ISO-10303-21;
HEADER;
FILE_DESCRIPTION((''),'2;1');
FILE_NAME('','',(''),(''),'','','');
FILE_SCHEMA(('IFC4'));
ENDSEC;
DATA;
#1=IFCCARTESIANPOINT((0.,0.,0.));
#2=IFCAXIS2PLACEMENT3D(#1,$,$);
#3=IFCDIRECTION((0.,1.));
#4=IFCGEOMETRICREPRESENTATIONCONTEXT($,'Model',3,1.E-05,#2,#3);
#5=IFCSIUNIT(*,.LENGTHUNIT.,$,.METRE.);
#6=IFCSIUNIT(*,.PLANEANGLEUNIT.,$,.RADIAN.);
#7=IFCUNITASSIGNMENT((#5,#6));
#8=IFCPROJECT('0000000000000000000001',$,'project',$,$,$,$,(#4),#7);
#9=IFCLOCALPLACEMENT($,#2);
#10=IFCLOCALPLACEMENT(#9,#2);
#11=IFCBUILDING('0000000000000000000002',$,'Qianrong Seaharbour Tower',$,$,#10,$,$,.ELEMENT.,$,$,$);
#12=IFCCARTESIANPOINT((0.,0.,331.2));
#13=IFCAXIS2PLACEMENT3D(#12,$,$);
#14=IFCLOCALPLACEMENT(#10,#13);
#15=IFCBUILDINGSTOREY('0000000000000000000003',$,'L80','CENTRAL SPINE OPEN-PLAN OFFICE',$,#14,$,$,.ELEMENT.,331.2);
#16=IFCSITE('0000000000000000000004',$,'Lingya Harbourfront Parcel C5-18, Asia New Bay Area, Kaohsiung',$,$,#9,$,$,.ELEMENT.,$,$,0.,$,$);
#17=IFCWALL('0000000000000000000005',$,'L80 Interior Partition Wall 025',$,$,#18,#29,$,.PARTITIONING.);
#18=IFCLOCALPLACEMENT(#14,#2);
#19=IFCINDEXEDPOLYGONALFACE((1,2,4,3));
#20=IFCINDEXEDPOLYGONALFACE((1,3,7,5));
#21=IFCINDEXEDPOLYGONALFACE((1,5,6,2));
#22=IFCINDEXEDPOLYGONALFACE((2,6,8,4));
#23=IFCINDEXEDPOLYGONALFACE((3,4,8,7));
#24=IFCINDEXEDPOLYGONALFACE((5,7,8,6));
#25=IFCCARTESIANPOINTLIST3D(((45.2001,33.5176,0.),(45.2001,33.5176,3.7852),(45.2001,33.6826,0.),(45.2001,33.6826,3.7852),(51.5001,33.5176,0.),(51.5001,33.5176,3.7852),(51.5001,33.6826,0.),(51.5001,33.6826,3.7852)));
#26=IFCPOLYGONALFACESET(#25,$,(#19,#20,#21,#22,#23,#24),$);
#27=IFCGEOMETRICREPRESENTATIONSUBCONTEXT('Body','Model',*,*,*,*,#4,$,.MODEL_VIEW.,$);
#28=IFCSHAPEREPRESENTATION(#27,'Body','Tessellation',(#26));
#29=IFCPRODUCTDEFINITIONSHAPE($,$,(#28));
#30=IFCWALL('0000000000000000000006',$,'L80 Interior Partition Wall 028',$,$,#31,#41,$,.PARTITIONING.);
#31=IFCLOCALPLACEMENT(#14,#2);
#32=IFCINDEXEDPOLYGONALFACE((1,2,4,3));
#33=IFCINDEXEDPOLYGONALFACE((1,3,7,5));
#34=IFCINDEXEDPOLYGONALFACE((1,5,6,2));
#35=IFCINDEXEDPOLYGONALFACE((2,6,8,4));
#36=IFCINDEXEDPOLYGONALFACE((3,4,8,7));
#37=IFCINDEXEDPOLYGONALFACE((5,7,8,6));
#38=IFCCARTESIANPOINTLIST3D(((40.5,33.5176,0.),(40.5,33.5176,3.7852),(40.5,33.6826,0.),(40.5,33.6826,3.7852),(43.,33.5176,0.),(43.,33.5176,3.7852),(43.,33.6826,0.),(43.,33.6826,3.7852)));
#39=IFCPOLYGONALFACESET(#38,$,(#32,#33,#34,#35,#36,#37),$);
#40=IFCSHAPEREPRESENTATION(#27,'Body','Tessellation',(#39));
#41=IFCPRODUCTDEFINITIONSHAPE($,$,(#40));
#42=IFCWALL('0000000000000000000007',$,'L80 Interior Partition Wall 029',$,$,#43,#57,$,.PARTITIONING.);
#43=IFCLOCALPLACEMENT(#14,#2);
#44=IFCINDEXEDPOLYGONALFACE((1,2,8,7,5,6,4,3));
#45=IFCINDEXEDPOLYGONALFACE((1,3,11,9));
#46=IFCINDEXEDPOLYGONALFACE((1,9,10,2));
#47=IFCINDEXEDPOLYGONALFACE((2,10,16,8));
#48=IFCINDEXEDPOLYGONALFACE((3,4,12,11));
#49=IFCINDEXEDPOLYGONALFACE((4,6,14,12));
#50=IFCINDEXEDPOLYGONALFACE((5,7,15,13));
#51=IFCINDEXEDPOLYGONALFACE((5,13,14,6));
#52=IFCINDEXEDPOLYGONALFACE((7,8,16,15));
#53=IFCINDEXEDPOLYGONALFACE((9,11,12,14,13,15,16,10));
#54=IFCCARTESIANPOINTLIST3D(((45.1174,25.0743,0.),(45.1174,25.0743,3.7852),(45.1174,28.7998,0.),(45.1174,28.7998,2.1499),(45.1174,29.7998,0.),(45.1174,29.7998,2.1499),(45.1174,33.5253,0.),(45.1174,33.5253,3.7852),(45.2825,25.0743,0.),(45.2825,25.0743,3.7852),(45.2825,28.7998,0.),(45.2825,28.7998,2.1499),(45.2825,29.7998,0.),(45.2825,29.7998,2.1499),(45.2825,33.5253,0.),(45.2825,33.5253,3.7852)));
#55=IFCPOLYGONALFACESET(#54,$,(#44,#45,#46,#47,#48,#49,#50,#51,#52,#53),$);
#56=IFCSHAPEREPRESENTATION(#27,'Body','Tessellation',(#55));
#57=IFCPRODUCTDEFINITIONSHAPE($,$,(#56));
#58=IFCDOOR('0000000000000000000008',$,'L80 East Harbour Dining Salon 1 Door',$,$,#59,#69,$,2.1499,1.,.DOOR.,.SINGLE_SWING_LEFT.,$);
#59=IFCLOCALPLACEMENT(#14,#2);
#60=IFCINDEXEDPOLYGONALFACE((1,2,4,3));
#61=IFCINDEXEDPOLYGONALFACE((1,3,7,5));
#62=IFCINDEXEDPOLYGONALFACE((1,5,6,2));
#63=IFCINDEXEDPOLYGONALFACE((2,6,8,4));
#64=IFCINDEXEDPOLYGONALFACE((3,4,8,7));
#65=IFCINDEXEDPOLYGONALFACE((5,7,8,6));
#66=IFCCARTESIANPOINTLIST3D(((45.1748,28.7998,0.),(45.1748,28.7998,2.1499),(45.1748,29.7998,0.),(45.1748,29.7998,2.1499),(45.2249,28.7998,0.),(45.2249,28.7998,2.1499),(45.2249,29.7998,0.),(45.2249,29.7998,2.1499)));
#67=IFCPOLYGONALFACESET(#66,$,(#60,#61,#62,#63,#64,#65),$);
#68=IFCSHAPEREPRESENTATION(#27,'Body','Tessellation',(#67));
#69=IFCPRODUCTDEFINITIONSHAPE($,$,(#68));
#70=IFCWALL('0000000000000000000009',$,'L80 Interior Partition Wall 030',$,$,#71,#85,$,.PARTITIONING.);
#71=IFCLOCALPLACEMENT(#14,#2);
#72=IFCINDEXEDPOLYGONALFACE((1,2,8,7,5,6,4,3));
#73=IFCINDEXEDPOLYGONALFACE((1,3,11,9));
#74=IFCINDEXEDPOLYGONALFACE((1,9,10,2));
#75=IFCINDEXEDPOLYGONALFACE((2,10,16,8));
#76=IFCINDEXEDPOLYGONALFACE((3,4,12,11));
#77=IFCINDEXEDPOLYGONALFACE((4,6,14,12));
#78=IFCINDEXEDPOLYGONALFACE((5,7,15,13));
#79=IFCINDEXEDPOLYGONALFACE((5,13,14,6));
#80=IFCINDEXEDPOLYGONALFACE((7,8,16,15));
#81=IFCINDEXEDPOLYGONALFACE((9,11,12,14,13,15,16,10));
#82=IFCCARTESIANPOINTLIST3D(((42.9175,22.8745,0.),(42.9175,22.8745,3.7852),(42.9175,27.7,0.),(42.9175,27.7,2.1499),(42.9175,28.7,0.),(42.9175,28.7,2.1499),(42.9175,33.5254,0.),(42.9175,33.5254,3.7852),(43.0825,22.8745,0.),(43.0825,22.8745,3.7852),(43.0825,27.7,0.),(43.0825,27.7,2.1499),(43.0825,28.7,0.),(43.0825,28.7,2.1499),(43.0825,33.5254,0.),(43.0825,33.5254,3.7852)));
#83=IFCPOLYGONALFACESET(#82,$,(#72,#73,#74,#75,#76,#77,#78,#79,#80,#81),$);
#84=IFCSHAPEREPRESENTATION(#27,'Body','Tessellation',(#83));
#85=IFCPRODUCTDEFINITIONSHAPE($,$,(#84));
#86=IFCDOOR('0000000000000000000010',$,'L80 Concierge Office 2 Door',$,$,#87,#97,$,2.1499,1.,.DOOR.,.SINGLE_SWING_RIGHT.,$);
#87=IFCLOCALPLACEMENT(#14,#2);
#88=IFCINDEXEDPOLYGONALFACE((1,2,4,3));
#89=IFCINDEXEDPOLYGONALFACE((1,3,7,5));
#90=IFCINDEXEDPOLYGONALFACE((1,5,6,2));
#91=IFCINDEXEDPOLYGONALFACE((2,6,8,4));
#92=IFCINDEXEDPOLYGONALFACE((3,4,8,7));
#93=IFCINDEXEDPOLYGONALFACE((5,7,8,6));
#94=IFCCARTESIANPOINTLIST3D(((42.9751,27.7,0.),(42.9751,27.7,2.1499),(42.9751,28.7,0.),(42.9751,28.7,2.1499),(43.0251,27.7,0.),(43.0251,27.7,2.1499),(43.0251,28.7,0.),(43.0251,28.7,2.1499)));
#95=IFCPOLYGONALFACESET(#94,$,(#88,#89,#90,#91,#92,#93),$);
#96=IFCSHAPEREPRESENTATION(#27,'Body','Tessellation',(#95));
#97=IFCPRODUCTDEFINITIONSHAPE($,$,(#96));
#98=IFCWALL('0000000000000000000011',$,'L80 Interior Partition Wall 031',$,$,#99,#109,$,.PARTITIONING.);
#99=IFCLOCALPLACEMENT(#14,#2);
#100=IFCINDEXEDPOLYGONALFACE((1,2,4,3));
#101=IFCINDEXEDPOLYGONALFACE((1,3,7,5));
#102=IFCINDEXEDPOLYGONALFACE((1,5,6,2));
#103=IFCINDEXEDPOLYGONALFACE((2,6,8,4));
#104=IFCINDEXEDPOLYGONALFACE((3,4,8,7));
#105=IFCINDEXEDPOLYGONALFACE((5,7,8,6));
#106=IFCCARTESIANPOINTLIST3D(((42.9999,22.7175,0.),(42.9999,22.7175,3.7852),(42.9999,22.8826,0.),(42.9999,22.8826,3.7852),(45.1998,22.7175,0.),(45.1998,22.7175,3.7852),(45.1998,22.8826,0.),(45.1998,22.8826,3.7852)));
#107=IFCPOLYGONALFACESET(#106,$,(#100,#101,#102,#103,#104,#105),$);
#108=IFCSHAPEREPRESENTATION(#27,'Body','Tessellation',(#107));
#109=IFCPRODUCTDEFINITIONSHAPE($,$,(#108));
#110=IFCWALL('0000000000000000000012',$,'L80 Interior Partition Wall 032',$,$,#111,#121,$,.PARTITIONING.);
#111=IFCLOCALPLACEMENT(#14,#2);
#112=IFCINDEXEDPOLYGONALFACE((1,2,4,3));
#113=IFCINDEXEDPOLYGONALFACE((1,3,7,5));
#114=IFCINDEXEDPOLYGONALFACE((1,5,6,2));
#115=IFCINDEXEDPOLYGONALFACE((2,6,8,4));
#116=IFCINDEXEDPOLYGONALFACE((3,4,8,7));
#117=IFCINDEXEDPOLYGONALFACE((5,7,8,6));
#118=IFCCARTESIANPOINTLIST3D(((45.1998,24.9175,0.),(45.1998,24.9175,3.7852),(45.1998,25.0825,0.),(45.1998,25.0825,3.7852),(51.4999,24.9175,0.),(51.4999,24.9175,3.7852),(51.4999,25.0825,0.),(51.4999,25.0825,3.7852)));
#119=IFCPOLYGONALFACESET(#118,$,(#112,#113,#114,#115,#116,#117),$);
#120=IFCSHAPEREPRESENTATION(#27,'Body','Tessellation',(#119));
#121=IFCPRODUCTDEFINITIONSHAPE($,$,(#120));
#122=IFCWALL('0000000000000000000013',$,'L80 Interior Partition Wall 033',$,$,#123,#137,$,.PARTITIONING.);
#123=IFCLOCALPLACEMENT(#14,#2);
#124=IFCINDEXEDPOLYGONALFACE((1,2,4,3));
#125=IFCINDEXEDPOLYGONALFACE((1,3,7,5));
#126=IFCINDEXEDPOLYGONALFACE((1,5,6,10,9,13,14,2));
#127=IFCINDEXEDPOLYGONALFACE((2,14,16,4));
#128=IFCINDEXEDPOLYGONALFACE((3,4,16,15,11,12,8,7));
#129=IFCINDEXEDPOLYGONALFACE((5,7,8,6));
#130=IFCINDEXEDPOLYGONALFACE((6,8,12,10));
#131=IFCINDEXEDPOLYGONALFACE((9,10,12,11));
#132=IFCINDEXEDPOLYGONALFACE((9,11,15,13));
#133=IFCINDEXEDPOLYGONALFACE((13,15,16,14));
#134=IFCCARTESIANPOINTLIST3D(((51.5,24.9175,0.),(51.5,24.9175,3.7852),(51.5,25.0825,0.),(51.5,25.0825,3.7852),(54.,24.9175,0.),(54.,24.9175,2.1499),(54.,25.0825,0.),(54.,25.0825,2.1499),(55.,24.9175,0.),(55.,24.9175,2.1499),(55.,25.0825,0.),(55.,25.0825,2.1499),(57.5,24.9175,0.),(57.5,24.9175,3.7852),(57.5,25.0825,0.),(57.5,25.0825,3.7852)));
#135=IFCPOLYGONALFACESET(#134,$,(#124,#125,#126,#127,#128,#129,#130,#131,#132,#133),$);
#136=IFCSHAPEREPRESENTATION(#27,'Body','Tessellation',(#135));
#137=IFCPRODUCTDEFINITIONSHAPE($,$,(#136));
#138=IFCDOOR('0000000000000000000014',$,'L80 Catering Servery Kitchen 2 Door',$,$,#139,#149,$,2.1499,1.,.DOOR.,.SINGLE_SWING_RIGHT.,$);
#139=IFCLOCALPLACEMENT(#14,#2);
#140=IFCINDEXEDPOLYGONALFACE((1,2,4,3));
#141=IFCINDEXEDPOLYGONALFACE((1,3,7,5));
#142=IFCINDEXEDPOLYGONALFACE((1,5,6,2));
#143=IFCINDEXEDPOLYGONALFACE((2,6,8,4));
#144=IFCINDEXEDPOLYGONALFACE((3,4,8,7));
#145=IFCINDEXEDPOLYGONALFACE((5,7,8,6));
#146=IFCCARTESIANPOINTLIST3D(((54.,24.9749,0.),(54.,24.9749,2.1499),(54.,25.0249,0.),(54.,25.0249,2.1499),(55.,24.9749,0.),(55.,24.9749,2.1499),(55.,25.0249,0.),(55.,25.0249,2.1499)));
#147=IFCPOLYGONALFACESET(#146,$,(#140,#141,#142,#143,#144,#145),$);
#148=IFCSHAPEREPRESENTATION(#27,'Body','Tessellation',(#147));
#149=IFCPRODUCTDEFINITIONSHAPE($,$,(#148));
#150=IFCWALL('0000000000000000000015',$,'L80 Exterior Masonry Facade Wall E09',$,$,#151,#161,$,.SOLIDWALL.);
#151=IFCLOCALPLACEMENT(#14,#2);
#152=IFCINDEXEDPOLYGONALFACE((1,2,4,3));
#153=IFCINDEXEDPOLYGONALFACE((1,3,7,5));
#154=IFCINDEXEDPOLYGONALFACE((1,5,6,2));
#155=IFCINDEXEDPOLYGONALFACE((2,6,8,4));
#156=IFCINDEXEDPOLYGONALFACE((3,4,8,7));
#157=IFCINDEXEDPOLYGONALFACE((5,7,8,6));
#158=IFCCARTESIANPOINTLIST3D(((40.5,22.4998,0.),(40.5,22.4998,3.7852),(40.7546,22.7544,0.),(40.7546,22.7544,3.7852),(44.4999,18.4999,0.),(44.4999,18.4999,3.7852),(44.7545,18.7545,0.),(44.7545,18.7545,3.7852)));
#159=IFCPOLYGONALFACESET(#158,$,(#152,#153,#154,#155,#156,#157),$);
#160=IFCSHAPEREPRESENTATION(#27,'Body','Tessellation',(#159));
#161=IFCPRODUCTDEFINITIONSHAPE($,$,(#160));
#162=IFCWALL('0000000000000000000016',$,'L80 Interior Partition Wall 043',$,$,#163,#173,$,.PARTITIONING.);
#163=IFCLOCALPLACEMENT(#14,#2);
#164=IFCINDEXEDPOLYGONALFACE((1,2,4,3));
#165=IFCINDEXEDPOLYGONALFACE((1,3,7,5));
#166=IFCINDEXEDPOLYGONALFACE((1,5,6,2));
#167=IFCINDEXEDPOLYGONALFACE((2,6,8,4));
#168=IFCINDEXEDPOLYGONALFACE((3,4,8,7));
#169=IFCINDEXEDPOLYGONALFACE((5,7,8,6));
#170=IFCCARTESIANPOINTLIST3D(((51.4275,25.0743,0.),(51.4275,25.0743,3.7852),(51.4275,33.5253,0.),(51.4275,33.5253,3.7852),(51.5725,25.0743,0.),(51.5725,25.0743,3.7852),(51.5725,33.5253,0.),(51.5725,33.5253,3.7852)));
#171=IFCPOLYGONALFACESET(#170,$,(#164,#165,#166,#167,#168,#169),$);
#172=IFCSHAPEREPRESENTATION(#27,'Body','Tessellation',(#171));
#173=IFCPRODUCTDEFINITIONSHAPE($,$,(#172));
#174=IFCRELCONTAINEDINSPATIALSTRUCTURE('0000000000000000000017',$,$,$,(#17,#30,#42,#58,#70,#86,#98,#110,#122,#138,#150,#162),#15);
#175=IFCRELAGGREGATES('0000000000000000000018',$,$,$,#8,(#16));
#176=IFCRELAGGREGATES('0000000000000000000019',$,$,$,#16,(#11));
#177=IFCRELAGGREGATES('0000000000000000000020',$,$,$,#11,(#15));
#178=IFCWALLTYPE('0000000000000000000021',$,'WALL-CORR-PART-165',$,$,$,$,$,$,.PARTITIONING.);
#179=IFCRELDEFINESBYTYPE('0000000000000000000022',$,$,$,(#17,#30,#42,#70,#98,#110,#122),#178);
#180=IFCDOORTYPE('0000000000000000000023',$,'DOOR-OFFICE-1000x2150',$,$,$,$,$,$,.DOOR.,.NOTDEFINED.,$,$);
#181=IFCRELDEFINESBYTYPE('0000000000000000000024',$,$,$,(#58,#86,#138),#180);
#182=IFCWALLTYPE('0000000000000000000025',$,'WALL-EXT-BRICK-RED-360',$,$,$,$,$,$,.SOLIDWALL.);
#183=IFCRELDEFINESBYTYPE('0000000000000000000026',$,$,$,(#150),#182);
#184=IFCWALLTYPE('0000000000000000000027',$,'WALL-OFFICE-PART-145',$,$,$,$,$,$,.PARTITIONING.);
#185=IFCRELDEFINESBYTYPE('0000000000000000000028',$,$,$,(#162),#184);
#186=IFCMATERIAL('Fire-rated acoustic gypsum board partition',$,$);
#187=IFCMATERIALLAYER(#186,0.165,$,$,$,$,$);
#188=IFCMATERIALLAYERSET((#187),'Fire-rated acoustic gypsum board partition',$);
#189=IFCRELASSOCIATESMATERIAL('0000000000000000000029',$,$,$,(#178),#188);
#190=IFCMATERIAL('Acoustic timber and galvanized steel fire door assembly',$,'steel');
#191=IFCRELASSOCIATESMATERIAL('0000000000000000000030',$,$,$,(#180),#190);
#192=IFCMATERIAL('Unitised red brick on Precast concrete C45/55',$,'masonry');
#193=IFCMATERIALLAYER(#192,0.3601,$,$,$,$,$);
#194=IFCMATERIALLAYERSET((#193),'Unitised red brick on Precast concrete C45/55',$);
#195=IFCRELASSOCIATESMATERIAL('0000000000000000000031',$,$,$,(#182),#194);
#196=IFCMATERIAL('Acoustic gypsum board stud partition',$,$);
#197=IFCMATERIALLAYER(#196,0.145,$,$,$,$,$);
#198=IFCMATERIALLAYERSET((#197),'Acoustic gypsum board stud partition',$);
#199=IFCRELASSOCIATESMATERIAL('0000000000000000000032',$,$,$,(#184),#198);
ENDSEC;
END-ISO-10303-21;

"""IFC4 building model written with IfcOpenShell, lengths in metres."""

from ifc_helpers import new_model, si_unit, direction, frame, frame_2d, origin, place, context, subcontext, project, spatial, rectangle, extrude, material, layer, layer_set, type_object, element, fill, save


model = new_model("IFC4")

# Units and contexts
model_context = context("Model", 3, precision=1e-05, world=origin(), true_north=direction((0.0, 1.0)))
body_context = subcontext(model_context, "Body", "Model", "MODEL_VIEW")
ifc_project = project(units=[si_unit("LENGTHUNIT", "METRE"), si_unit("PLANEANGLEUNIT", "RADIAN")], contexts=[model_context])

# Site, building, storey
site_placement = place(None, origin())
site = spatial("IfcSite", under=ifc_project, at=site_placement, Name="Lingya Harbourfront Parcel C5-18, Asia New Bay Area, Kaohsiung", CompositionType="ELEMENT", RefElevation=0.0)
building_placement = place(site_placement, origin())
building = spatial("IfcBuilding", under=site, at=building_placement, Name="Qianrong Seaharbour Tower", CompositionType="ELEMENT")
storey_placement = place(building_placement, frame((0.0, 0.0, 331.2)))
storey = spatial("IfcBuildingStorey", under=building, at=storey_placement, Name="L80", Description="CENTRAL SPINE OPEN-PLAN OFFICE", CompositionType="ELEMENT", Elevation=331.2)

# Walls
ifc_material_1 = material(Name="Fire-rated acoustic gypsum board partition")
ifc_layer_1 = layer(ifc_material_1, 0.165)
ifc_layer_set_1 = layer_set([ifc_layer_1], Name="Fire-rated acoustic gypsum board partition")
wall_type_1 = type_object("IfcWallType", Name="WALL-CORR-PART-165", PredefinedType="PARTITIONING", material=ifc_layer_set_1)
wall_1_placement = place(storey_placement, frame((51.5, 33.6001, 0.0), z_axis=(0.0, 0.0, 1.0), x_axis=(-1.0, 0.0, 0.0)))
element("IfcWall", 1, at=wall_1_placement, inside=storey, type_object=wall_type_1, Name="L80 Interior Partition Wall 025", PredefinedType="PARTITIONING", context=body_context, shape_type="SweptSolid", body=[
    extrude(rectangle(XDim=6.3, YDim=0.165, at=frame_2d((3.1499, 0.0))), origin(), (0.0, 0.0, 1.0), 3.7852),
])
wall_2_placement = place(storey_placement, frame((43.0, 33.6001, 0.0), z_axis=(0.0, 0.0, 1.0), x_axis=(-1.0, 0.0, 0.0)))
element("IfcWall", 2, at=wall_2_placement, inside=storey, type_object=wall_type_1, Name="L80 Interior Partition Wall 028", PredefinedType="PARTITIONING", context=body_context, shape_type="SweptSolid", body=[
    extrude(rectangle(XDim=2.5, YDim=0.165, at=frame_2d((1.25, 0.0))), origin(), (0.0, 0.0, 1.0), 3.7852),
])

# Walls, openings, doors
wall_3_placement = place(storey_placement, frame((45.2, 33.5254, 0.0), z_axis=(0.0, 0.0, 1.0), x_axis=(0.0, -1.0, 0.0)))
wall_3 = element("IfcWall", 3, at=wall_3_placement, inside=storey, type_object=wall_type_1, Name="L80 Interior Partition Wall 029", PredefinedType="PARTITIONING", context=body_context, shape_type="SweptSolid", body=[
    extrude(rectangle(XDim=8.4509, YDim=0.165, at=frame_2d((4.2256, 0.0))), origin(), (0.0, 0.0, 1.0), 3.7852),
])
opening_1_placement = place(wall_3_placement, frame((3.7256, 0.0, 0.0)))
opening_1 = element("IfcOpeningElement", 4, at=opening_1_placement, cuts=wall_3, PredefinedType="OPENING", context=body_context, shape_type="SweptSolid", body=[
    extrude(rectangle(XDim=1.0, YDim=2.1499, at=frame_2d((0.5, 1.075))), frame((0.0, 0.0925, 0.0), z_axis=(0.0, -1.0, 0.0), x_axis=(1.0, 0.0, 0.0)), (0.0, 0.0, 1.0), 0.1851),
])
ifc_material_2 = material(Name="Acoustic timber and galvanized steel fire door assembly", Category="steel")
door_type = type_object("IfcDoorType", Name="DOOR-OFFICE-1000x2150", OperationType="NOTDEFINED", PredefinedType="DOOR", material=ifc_material_2)
door_1_placement = place(opening_1_placement, origin())
door_1 = element("IfcDoor", 5, at=door_1_placement, inside=storey, type_object=door_type, Name="L80 East Harbour Dining Salon 1 Door", OperationType="SINGLE_SWING_LEFT", OverallHeight=2.1499, OverallWidth=1.0, PredefinedType="DOOR", context=body_context, shape_type="SweptSolid", body=[
    extrude(rectangle(XDim=1.0, YDim=2.1499, at=frame_2d((0.5, 1.075))), frame((0.0, 0.0249, 0.0), z_axis=(0.0, -1.0, 0.0), x_axis=(1.0, 0.0, 0.0)), (0.0, 0.0, 1.0), 0.05),
])
fill(opening_1, door_1)
wall_4_placement = place(storey_placement, frame((43.0, 22.8745, 0.0), z_axis=(0.0, 0.0, 1.0), x_axis=(0.0, 1.0, 0.0)))
wall_4 = element("IfcWall", 6, at=wall_4_placement, inside=storey, type_object=wall_type_1, Name="L80 Interior Partition Wall 030", PredefinedType="PARTITIONING", context=body_context, shape_type="SweptSolid", body=[
    extrude(rectangle(XDim=10.6509, YDim=0.165, at=frame_2d((5.3254, 0.0))), origin(), (0.0, 0.0, 1.0), 3.7852),
])
opening_2_placement = place(wall_4_placement, frame((4.8254, 0.0, 0.0)))
opening_2 = element("IfcOpeningElement", 7, at=opening_2_placement, cuts=wall_4, PredefinedType="OPENING", context=body_context, shape_type="SweptSolid", body=[
    extrude(rectangle(XDim=1.0, YDim=2.1499, at=frame_2d((0.5, 1.075))), frame((0.0, 0.0925, 0.0), z_axis=(0.0, -1.0, 0.0), x_axis=(1.0, 0.0, 0.0)), (0.0, 0.0, 1.0), 0.1851),
])
door_2_placement = place(opening_2_placement, origin())
door_2 = element("IfcDoor", 8, at=door_2_placement, inside=storey, type_object=door_type, Name="L80 Concierge Office 2 Door", OperationType="SINGLE_SWING_RIGHT", OverallHeight=2.1499, OverallWidth=1.0, PredefinedType="DOOR", context=body_context, shape_type="SweptSolid", body=[
    extrude(rectangle(XDim=1.0, YDim=2.1499, at=frame_2d((0.5, 1.075))), frame((0.0, 0.0249, 0.0), z_axis=(0.0, -1.0, 0.0), x_axis=(1.0, 0.0, 0.0)), (0.0, 0.0, 1.0), 0.05),
])
fill(opening_2, door_2)

# Walls
wall_5_placement = place(storey_placement, frame((45.2, 22.8, 0.0), z_axis=(0.0, 0.0, 1.0), x_axis=(-1.0, 0.0, 0.0)))
element("IfcWall", 9, at=wall_5_placement, inside=storey, type_object=wall_type_1, Name="L80 Interior Partition Wall 031", PredefinedType="PARTITIONING", context=body_context, shape_type="SweptSolid", body=[
    extrude(rectangle(XDim=2.2, YDim=0.165, at=frame_2d((1.1001, 0.0))), origin(), (0.0, 0.0, 1.0), 3.7852),
])
wall_6_placement = place(storey_placement, frame((45.2, 25.0, 0.0), z_axis=(0.0, 0.0, 1.0), x_axis=(1.0, 0.0, 0.0)))
element("IfcWall", 10, at=wall_6_placement, inside=storey, type_object=wall_type_1, Name="L80 Interior Partition Wall 032", PredefinedType="PARTITIONING", context=body_context, shape_type="SweptSolid", body=[
    extrude(rectangle(XDim=6.3, YDim=0.165, at=frame_2d((3.1499, 0.0))), origin(), (0.0, 0.0, 1.0), 3.7852),
])

# Wall, opening, door
wall_7_placement = place(storey_placement, frame((51.5, 25.0, 0.0), z_axis=(0.0, 0.0, 1.0), x_axis=(1.0, 0.0, 0.0)))
wall_7 = element("IfcWall", 11, at=wall_7_placement, inside=storey, type_object=wall_type_1, Name="L80 Interior Partition Wall 033", PredefinedType="PARTITIONING", context=body_context, shape_type="SweptSolid", body=[
    extrude(rectangle(XDim=6.0, YDim=0.165, at=frame_2d((3.0, 0.0))), origin(), (0.0, 0.0, 1.0), 3.7852),
])
opening_3_placement = place(wall_7_placement, frame((2.5, 0.0, 0.0)))
opening_3 = element("IfcOpeningElement", 12, at=opening_3_placement, cuts=wall_7, PredefinedType="OPENING", context=body_context, shape_type="SweptSolid", body=[
    extrude(rectangle(XDim=1.0, YDim=2.1499, at=frame_2d((0.5, 1.075))), frame((0.0, 0.0925, 0.0), z_axis=(0.0, -1.0, 0.0), x_axis=(1.0, 0.0, 0.0)), (0.0, 0.0, 1.0), 0.1851),
])
door_3_placement = place(opening_3_placement, origin())
door_3 = element("IfcDoor", 13, at=door_3_placement, inside=storey, type_object=door_type, Name="L80 Catering Servery Kitchen 2 Door", OperationType="SINGLE_SWING_RIGHT", OverallHeight=2.1499, OverallWidth=1.0, PredefinedType="DOOR", context=body_context, shape_type="SweptSolid", body=[
    extrude(rectangle(XDim=1.0, YDim=2.1499, at=frame_2d((0.5, 1.075))), frame((0.0, 0.0249, 0.0), z_axis=(0.0, -1.0, 0.0), x_axis=(1.0, 0.0, 0.0)), (0.0, 0.0, 1.0), 0.05),
])
fill(opening_3, door_3)

# Walls
ifc_material_3 = material(Name="Unitised red brick on Precast concrete C45/55", Category="masonry")
ifc_layer_2 = layer(ifc_material_3, 0.3601)
ifc_layer_set_2 = layer_set([ifc_layer_2], Name="Unitised red brick on Precast concrete C45/55")
wall_type_2 = type_object("IfcWallType", Name="WALL-EXT-BRICK-RED-360", PredefinedType="SOLIDWALL", material=ifc_layer_set_2)
wall_8_placement = place(storey_placement, frame((44.6272, 18.6272, 0.0), z_axis=(0.0, 0.0, 1.0), x_axis=(-0.707107, 0.707107, 0.0)))
element("IfcWall", 14, at=wall_8_placement, inside=storey, type_object=wall_type_2, Name="L80 Exterior Masonry Facade Wall E09", PredefinedType="SOLIDWALL", context=body_context, shape_type="SweptSolid", body=[
    extrude(rectangle(XDim=5.6567, YDim=0.3601, at=frame_2d((2.8284, 0.0))), origin(), (0.0, 0.0, 1.0), 3.7852),
])
ifc_material_4 = material(Name="Acoustic gypsum board stud partition")
ifc_layer_3 = layer(ifc_material_4, 0.145)
ifc_layer_set_3 = layer_set([ifc_layer_3], Name="Acoustic gypsum board stud partition")
wall_type_3 = type_object("IfcWallType", Name="WALL-OFFICE-PART-145", PredefinedType="PARTITIONING", material=ifc_layer_set_3)
wall_9_placement = place(storey_placement, frame((51.5, 33.5254, 0.0), z_axis=(0.0, 0.0, 1.0), x_axis=(0.0, -1.0, 0.0)))
element("IfcWall", 15, at=wall_9_placement, inside=storey, type_object=wall_type_3, Name="L80 Interior Partition Wall 043", PredefinedType="PARTITIONING", context=body_context, shape_type="SweptSolid", body=[
    extrude(rectangle(XDim=8.4509, YDim=0.145, at=frame_2d((4.2256, 0.0))), origin(), (0.0, 0.0, 1.0), 3.7852),
])

save(model, "model.ifc")
